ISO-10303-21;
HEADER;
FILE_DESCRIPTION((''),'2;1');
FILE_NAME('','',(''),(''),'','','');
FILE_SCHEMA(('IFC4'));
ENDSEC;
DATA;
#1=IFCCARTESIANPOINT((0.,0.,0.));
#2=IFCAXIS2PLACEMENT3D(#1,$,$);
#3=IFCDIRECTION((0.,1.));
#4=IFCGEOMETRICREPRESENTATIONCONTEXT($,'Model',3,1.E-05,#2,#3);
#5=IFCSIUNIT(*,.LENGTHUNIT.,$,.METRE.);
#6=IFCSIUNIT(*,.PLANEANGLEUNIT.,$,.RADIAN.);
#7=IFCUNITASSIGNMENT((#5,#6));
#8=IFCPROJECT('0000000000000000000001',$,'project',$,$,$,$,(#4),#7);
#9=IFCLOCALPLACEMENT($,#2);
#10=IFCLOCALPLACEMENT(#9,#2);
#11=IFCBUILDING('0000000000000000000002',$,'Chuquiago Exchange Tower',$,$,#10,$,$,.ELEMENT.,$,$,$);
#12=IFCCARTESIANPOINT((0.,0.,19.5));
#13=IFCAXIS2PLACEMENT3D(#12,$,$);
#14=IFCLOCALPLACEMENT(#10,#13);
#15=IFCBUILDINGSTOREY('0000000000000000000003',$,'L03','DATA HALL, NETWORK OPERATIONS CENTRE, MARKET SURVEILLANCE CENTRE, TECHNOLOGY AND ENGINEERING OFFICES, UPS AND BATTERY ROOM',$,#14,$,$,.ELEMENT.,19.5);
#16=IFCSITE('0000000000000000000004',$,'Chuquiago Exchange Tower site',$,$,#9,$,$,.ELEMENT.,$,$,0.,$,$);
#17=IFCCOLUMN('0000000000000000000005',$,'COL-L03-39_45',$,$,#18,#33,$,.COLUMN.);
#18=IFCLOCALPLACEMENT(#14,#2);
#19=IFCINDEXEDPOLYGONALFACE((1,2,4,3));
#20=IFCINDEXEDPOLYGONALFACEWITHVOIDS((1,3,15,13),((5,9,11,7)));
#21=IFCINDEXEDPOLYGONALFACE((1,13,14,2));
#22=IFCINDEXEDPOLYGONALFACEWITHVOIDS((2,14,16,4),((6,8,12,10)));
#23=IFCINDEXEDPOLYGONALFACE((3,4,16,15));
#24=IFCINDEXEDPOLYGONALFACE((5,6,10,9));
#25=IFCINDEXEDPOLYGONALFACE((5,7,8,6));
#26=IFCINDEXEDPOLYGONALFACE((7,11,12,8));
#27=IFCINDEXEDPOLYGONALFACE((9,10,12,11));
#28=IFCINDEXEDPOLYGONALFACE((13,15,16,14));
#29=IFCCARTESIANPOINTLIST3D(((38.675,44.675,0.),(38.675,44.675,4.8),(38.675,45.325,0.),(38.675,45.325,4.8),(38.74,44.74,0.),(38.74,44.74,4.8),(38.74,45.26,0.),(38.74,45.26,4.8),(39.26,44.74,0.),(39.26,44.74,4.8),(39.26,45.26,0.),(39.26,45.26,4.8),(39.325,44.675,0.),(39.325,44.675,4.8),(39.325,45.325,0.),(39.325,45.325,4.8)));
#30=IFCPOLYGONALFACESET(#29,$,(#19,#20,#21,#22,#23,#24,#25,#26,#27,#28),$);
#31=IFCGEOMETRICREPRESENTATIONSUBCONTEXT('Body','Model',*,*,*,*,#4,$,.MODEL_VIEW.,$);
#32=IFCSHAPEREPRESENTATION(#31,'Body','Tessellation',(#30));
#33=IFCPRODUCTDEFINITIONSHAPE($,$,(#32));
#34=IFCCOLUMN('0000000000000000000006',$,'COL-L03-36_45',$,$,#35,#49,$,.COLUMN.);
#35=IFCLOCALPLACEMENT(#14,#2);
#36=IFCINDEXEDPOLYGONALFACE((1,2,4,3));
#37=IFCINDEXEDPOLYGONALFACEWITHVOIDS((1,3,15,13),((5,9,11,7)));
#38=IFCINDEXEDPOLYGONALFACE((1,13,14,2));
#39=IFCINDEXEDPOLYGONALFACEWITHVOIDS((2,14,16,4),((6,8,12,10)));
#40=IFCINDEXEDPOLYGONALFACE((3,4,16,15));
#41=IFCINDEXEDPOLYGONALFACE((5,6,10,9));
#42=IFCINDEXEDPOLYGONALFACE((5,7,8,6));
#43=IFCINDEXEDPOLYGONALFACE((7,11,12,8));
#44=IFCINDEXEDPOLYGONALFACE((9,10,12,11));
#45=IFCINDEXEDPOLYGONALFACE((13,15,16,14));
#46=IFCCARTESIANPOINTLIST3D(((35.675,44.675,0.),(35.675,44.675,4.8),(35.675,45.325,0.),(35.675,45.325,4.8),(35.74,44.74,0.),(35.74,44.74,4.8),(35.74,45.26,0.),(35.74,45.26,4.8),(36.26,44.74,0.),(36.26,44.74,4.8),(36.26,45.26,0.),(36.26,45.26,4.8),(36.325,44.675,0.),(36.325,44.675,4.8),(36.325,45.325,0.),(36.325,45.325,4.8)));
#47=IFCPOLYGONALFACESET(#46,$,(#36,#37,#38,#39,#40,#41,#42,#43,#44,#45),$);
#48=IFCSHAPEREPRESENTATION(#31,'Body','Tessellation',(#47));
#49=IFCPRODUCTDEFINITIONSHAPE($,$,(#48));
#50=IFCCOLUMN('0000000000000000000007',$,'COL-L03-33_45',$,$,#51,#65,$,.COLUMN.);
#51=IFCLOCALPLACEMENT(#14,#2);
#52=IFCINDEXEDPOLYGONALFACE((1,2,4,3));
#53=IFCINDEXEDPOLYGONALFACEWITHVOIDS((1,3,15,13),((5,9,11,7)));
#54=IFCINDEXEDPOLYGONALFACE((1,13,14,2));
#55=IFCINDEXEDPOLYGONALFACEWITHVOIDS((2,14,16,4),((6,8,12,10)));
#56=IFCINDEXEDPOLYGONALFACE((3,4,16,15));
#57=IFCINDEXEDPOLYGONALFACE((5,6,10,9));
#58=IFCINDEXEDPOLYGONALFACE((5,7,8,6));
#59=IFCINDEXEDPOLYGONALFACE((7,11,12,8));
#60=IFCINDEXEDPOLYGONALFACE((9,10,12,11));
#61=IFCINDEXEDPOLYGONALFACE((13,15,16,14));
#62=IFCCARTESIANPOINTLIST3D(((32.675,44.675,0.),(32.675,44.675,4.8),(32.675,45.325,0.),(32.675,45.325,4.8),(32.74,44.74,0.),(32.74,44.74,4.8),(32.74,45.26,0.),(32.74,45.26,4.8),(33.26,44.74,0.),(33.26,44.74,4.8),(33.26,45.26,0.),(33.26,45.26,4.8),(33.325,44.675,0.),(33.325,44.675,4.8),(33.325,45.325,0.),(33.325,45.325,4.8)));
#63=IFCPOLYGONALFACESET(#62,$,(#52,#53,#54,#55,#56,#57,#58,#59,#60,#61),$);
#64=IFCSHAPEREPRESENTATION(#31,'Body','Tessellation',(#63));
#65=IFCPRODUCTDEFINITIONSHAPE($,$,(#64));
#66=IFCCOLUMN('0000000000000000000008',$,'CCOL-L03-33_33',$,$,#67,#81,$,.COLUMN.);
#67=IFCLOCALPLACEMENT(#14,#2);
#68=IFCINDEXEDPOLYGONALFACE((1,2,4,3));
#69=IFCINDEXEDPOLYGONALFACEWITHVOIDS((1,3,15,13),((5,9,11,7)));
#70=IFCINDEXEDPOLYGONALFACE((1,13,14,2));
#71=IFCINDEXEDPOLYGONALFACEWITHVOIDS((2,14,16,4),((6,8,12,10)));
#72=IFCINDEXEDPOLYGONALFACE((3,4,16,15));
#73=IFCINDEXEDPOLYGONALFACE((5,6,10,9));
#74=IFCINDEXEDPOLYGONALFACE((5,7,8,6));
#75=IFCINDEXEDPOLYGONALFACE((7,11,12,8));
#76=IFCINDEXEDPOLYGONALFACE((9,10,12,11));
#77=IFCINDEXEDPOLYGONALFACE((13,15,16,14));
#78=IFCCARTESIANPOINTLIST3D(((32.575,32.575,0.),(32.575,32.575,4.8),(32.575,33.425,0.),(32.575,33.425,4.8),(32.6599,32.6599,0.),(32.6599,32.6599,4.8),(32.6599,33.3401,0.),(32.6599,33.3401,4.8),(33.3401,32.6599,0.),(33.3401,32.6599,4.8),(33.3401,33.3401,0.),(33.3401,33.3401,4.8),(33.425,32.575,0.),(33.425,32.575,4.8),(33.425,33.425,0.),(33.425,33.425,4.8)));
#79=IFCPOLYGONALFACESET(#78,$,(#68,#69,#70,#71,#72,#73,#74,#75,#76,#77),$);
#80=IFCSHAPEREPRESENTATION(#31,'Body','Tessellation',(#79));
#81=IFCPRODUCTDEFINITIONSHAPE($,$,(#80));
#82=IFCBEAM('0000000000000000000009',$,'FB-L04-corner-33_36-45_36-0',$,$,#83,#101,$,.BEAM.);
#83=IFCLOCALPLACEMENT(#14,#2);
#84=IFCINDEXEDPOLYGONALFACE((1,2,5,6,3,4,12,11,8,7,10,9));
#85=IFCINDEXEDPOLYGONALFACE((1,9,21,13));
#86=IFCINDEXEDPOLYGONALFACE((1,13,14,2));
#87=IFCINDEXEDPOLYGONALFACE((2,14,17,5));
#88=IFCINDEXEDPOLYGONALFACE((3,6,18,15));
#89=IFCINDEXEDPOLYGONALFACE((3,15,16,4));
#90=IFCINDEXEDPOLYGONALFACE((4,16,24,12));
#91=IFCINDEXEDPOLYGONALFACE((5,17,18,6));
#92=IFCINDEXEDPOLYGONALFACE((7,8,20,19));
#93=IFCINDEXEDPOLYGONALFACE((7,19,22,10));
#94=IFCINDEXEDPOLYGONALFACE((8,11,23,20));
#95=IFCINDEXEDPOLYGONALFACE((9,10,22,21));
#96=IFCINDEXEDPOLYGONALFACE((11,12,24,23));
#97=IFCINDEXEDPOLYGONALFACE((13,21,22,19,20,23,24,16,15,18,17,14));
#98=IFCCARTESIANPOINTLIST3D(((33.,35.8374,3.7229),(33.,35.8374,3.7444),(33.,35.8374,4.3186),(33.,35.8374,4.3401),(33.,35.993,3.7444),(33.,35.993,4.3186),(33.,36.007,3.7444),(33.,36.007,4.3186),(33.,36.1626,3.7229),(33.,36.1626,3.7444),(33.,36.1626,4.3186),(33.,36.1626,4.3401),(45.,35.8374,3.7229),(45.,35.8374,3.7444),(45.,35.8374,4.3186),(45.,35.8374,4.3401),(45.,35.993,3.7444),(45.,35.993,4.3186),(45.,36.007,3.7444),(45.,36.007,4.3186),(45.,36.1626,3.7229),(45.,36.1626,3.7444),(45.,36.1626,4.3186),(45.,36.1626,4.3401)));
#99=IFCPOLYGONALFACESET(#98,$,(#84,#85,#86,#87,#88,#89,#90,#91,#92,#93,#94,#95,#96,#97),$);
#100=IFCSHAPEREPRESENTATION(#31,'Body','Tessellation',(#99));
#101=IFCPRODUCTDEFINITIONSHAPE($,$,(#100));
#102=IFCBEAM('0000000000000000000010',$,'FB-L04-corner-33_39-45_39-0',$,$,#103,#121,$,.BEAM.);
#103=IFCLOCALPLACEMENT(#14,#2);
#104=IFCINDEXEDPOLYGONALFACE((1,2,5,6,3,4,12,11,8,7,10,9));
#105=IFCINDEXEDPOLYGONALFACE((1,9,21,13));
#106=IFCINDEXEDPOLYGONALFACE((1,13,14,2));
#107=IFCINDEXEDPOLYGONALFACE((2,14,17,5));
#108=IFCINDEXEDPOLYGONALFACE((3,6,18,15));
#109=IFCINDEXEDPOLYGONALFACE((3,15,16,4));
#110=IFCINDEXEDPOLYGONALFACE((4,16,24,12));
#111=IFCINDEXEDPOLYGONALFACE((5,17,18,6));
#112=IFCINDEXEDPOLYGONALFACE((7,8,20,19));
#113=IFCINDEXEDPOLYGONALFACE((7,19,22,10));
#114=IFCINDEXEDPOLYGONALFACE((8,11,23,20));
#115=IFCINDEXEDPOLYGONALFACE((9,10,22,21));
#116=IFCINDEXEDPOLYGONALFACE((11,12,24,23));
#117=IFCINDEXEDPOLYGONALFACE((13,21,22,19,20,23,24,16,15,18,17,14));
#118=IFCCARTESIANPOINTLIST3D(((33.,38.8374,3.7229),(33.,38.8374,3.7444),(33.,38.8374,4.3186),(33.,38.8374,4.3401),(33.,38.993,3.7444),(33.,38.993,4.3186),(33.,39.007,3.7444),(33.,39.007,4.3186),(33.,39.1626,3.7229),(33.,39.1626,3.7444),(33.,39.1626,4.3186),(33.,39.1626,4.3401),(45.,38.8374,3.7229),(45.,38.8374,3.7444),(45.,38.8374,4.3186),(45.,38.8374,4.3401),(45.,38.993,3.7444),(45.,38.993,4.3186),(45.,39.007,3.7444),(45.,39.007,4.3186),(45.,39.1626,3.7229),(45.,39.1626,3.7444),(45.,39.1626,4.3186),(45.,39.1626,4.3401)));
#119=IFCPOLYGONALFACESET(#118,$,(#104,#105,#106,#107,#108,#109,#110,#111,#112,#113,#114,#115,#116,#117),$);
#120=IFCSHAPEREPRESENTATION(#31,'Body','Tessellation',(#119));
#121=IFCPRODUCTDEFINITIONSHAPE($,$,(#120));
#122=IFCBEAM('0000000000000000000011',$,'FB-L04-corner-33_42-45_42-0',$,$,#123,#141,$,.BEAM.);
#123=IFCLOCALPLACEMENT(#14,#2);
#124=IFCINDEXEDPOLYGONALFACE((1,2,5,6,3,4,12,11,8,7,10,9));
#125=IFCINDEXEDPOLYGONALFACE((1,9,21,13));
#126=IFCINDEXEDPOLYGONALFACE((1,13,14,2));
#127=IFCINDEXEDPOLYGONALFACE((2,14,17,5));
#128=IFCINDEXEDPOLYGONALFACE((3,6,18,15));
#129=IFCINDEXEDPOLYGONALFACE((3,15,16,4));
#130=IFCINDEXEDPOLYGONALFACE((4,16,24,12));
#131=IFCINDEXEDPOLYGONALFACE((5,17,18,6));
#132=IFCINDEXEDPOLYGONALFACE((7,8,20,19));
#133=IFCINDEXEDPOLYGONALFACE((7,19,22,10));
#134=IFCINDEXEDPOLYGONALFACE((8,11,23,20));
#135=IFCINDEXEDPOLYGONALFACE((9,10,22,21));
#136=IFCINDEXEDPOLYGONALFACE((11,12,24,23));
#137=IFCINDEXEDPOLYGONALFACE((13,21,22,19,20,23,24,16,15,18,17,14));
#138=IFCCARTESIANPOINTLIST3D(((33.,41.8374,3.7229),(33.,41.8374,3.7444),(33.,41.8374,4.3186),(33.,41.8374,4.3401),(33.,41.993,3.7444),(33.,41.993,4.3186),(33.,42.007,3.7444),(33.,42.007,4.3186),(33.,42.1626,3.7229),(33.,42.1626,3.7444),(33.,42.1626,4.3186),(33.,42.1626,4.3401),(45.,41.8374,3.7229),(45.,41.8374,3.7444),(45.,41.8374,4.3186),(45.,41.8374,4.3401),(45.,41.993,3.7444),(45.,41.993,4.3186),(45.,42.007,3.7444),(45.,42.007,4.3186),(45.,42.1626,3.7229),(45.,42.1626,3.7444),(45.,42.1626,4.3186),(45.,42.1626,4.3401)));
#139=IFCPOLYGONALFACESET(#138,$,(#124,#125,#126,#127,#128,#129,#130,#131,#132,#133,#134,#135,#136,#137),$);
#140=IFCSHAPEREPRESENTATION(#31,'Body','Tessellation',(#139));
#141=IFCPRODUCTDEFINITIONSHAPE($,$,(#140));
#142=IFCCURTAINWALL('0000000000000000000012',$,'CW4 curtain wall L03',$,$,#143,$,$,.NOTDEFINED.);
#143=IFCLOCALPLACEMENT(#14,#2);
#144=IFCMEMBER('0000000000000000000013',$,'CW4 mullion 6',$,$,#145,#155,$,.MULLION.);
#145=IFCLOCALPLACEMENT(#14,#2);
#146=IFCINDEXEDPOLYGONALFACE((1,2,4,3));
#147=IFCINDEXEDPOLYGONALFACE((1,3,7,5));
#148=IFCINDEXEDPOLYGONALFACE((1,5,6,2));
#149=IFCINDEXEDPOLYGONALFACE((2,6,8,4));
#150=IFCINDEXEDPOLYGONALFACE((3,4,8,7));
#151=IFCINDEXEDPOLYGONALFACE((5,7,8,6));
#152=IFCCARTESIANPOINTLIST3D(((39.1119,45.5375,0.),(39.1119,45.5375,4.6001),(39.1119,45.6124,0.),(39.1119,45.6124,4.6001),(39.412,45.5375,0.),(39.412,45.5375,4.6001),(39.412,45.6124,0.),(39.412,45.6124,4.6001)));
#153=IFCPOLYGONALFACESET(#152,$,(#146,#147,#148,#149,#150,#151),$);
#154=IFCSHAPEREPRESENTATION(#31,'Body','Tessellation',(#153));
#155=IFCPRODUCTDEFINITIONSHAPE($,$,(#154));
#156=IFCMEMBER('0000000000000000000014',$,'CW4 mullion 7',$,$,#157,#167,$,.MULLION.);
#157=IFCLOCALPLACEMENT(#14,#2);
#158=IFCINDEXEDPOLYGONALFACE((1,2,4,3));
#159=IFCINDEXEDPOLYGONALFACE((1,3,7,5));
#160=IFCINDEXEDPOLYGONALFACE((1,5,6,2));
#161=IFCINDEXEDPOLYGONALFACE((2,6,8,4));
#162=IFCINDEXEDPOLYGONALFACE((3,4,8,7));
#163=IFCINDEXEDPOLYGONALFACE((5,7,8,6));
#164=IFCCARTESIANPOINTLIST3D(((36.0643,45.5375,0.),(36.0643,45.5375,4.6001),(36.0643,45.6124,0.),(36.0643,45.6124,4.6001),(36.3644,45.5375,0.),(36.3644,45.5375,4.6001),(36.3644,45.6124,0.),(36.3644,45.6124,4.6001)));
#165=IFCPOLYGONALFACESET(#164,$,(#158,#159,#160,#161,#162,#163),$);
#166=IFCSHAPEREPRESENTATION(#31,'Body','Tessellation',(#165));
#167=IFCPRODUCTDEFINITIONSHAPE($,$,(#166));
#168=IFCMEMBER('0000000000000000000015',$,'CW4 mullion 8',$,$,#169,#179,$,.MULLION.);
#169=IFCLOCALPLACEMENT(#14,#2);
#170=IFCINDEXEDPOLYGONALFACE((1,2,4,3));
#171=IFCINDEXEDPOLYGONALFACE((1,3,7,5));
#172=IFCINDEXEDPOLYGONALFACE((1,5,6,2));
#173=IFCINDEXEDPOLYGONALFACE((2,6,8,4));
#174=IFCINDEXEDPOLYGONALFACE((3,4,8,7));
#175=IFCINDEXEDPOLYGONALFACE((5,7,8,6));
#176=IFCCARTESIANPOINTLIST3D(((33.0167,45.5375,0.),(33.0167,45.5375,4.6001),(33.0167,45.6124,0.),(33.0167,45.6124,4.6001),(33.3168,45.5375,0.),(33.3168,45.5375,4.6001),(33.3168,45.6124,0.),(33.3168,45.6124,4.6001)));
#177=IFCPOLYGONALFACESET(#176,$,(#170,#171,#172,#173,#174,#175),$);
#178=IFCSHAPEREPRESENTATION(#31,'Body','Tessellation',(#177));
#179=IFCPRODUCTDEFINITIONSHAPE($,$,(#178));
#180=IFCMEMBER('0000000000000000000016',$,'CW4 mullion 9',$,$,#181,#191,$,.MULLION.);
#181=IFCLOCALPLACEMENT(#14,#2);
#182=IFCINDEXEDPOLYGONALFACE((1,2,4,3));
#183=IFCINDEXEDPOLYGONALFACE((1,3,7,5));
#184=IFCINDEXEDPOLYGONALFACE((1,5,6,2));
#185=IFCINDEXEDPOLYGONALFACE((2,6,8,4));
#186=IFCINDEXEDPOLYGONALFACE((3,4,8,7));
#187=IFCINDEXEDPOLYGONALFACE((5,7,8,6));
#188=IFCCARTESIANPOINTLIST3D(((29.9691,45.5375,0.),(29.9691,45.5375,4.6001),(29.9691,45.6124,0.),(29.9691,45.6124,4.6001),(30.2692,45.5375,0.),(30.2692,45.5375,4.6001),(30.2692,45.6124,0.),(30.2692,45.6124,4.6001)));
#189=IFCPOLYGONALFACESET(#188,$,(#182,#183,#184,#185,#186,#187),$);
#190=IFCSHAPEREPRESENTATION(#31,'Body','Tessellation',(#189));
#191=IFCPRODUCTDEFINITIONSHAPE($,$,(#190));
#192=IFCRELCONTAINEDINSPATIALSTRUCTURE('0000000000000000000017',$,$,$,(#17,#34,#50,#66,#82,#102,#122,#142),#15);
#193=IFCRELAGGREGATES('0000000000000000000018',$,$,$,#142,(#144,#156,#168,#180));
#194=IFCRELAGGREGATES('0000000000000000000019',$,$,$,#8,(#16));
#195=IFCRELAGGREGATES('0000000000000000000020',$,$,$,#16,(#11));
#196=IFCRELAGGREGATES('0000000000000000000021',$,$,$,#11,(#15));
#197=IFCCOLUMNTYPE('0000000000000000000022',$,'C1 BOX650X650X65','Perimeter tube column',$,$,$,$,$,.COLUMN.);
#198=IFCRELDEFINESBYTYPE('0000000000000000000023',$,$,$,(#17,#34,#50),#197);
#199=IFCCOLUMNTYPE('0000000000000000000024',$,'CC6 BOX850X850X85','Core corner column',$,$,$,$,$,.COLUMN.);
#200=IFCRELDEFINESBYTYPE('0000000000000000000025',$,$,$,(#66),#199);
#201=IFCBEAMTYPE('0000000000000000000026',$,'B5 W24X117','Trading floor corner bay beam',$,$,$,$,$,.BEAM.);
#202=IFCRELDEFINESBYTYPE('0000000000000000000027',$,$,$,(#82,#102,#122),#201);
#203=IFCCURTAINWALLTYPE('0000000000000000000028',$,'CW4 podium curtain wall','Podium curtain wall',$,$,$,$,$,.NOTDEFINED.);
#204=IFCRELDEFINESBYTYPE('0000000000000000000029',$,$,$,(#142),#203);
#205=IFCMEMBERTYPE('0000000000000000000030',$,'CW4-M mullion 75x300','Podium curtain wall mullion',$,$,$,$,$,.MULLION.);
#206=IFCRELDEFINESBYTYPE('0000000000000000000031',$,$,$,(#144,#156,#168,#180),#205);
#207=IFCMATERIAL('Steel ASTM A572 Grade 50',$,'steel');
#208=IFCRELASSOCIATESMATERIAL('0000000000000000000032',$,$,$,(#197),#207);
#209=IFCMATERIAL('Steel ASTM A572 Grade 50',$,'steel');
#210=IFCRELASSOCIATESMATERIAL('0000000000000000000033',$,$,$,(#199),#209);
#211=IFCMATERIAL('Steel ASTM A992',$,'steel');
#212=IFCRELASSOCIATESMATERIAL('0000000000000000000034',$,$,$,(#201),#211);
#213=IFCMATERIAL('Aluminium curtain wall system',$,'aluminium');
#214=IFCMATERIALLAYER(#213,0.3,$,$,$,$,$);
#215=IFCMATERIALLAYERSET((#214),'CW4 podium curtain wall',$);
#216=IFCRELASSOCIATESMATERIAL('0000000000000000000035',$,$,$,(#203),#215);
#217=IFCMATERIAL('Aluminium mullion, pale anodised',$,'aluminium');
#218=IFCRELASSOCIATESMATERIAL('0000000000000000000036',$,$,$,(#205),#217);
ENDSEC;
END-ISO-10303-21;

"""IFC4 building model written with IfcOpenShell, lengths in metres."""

from ifc_helpers import new_model, si_unit, direction, frame, origin, origin_2d, place, context, subcontext, project, spatial, rectangle, hollow_rectangle, i_section, extrude, material, layer, layer_set, material_profile, profile_set, type_object, element, aggregate, save


model = new_model("IFC4")

# Units and contexts
model_context = context("Model", 3, precision=1e-05, world=origin(), true_north=direction((0.0, 1.0)))
body_context = subcontext(model_context, "Body", "Model", "MODEL_VIEW")
ifc_project = project(units=[si_unit("LENGTHUNIT", "METRE"), si_unit("PLANEANGLEUNIT", "RADIAN")], contexts=[model_context])

# Site, building, storey
site_placement = place(None, origin())
site = spatial("IfcSite", under=ifc_project, at=site_placement, Name="Chuquiago Exchange Tower site", CompositionType="ELEMENT", RefElevation=0.0)
building_placement = place(site_placement, origin())
building = spatial("IfcBuilding", under=site, at=building_placement, Name="Chuquiago Exchange Tower", CompositionType="ELEMENT")
storey_placement = place(building_placement, frame((0.0, 0.0, 19.5)))
storey = spatial("IfcBuildingStorey", under=building, at=storey_placement, Name="L03", Description="DATA HALL, NETWORK OPERATIONS CENTRE, MARKET SURVEILLANCE CENTRE, TECHNOLOGY AND ENGINEERING OFFICES, UPS AND BATTERY ROOM", CompositionType="ELEMENT", Elevation=19.5)

# Columns
ifc_material_1 = material(Name="Steel ASTM A572 Grade 50", Category="steel")
ifc_material_profile_1 = material_profile(ifc_material_1, hollow_rectangle(XDim=0.6499, YDim=0.6499, WallThickness=0.0649, at=origin_2d()), Name="BOX650X650X65")
ifc_profile_set_1 = profile_set([ifc_material_profile_1], Name="Steel ASTM A572 Grade 50")
column_type_1 = type_object("IfcColumnType", Name="C1 BOX650X650X65", Description="Perimeter tube column", PredefinedType="COLUMN", material=ifc_profile_set_1)
for number, where, z_axis, x_axis, name in (
    (1, (39.0, 45.0, 0.0), (0.0, 0.0, 1.0), (0.0, 1.0, 0.0), "COL-L03-39_45"),
    (2, (36.0, 45.0, 0.0), (0.0, 0.0, 1.0), (0.0, 1.0, 0.0), "COL-L03-36_45"),
    (3, (33.0, 45.0, 0.0), (0.0, 0.0, 1.0), (0.0, 1.0, 0.0), "COL-L03-33_45"),
):
    element("IfcColumn", number, at=place(storey_placement, frame(where, z_axis=z_axis, x_axis=x_axis)), inside=storey, type_object=column_type_1, Name=name, PredefinedType="COLUMN", context=body_context, shape_type="SweptSolid", body=[
        extrude(hollow_rectangle(XDim=0.6499, YDim=0.6499, WallThickness=0.0649, at=origin_2d()), origin(), (0.0, 0.0, 1.0), 4.8),
    ])
ifc_material_2 = material(Name="Steel ASTM A572 Grade 50", Category="steel")
ifc_material_profile_2 = material_profile(ifc_material_2, hollow_rectangle(XDim=0.8501, YDim=0.8501, WallThickness=0.085, at=origin_2d()), Name="BOX850X850X85")
ifc_profile_set_2 = profile_set([ifc_material_profile_2], Name="Steel ASTM A572 Grade 50")
column_type_2 = type_object("IfcColumnType", Name="CC6 BOX850X850X85", Description="Core corner column", PredefinedType="COLUMN", material=ifc_profile_set_2)
column_placement = place(storey_placement, frame((33.0, 33.0, 0.0), z_axis=(0.0, 0.0, 1.0), x_axis=(1.0, 0.0, 0.0)))
element("IfcColumn", 4, at=column_placement, inside=storey, type_object=column_type_2, Name="CCOL-L03-33_33", PredefinedType="COLUMN", context=body_context, shape_type="SweptSolid", body=[
    extrude(hollow_rectangle(XDim=0.8501, YDim=0.8501, WallThickness=0.085, at=origin_2d()), origin(), (0.0, 0.0, 1.0), 4.8),
])

# Beams
ifc_material_3 = material(Name="Steel ASTM A992", Category="steel")
ifc_material_profile_3 = material_profile(ifc_material_3, i_section(OverallWidth=0.3252, OverallDepth=0.6172, WebThickness=0.0139, FlangeThickness=0.0215, at=origin_2d()), Name="W24X117")
ifc_profile_set_3 = profile_set([ifc_material_profile_3], Name="Steel ASTM A992")
beam_type_1 = type_object("IfcBeamType", Name="B5 W24X117", Description="Trading floor corner bay beam", PredefinedType="BEAM", material=ifc_profile_set_3)
for number, where, z_axis, x_axis, name in (
    (5, (33.0, 36.0, 4.0315), (1.0, 0.0, 0.0), (0.0, 1.0, 0.0), "FB-L04-corner-33_36-45_36-0"),
    (6, (33.0, 39.0, 4.0315), (1.0, 0.0, 0.0), (0.0, 1.0, 0.0), "FB-L04-corner-33_39-45_39-0"),
    (7, (33.0, 42.0, 4.0315), (1.0, 0.0, 0.0), (0.0, 1.0, 0.0), "FB-L04-corner-33_42-45_42-0"),
):
    element("IfcBeam", number, at=place(storey_placement, frame(where, z_axis=z_axis, x_axis=x_axis)), inside=storey, type_object=beam_type_1, Name=name, PredefinedType="BEAM", context=body_context, shape_type="SweptSolid", body=[
        extrude(i_section(OverallWidth=0.3252, OverallDepth=0.6172, WebThickness=0.0139, FlangeThickness=0.0215, at=origin_2d()), origin(), (0.0, 0.0, 1.0), 12.0),
    ])

# Curtain wall, members
ifc_material_4 = material(Name="Aluminium curtain wall system", Category="aluminium")
ifc_layer_1 = layer(ifc_material_4, 0.3)
ifc_layer_set_1 = layer_set([ifc_layer_1], Name="CW4 podium curtain wall")
curtain_wall_type = type_object("IfcCurtainWallType", Name="CW4 podium curtain wall", Description="Podium curtain wall", PredefinedType="NOTDEFINED", material=ifc_layer_set_1)
curtain_wall_placement = place(storey_placement, origin())
curtain_wall = element("IfcCurtainWall", 8, at=curtain_wall_placement, inside=storey, type_object=curtain_wall_type, Name="CW4 curtain wall L03", PredefinedType="NOTDEFINED")
ifc_material_5 = material(Name="Aluminium mullion, pale anodised", Category="aluminium")
ifc_material_profile_4 = material_profile(ifc_material_5, rectangle(XDim=0.075, YDim=0.3, at=origin_2d()), Name="AL 75x300")
ifc_profile_set_4 = profile_set([ifc_material_profile_4], Name="Aluminium mullion, pale anodised")
member_type_1 = type_object("IfcMemberType", Name="CW4-M mullion 75x300", Description="Podium curtain wall mullion", PredefinedType="MULLION", material=ifc_profile_set_4)
member_1_placement = place(storey_placement, frame((39.262, 45.575, 0.0), z_axis=(0.0, 0.0, 1.0), x_axis=(0.0, -1.0, 0.0)))
member_1 = element("IfcMember", 9, at=member_1_placement, type_object=member_type_1, Name="CW4 mullion 6", PredefinedType="MULLION", context=body_context, shape_type="SweptSolid", body=[
    extrude(rectangle(XDim=0.075, YDim=0.3, at=origin_2d()), origin(), (0.0, 0.0, 1.0), 4.6001),
])
member_2_placement = place(storey_placement, frame((36.2144, 45.575, 0.0), z_axis=(0.0, 0.0, 1.0), x_axis=(0.0, -1.0, 0.0)))
member_2 = element("IfcMember", 10, at=member_2_placement, type_object=member_type_1, Name="CW4 mullion 7", PredefinedType="MULLION", context=body_context, shape_type="SweptSolid", body=[
    extrude(rectangle(XDim=0.075, YDim=0.3, at=origin_2d()), origin(), (0.0, 0.0, 1.0), 4.6001),
])
member_3_placement = place(storey_placement, frame((33.1667, 45.575, 0.0), z_axis=(0.0, 0.0, 1.0), x_axis=(0.0, -1.0, 0.0)))
member_3 = element("IfcMember", 11, at=member_3_placement, type_object=member_type_1, Name="CW4 mullion 8", PredefinedType="MULLION", context=body_context, shape_type="SweptSolid", body=[
    extrude(rectangle(XDim=0.075, YDim=0.3, at=origin_2d()), origin(), (0.0, 0.0, 1.0), 4.6001),
])
member_4_placement = place(storey_placement, frame((30.1191, 45.575, 0.0), z_axis=(0.0, 0.0, 1.0), x_axis=(0.0, -1.0, 0.0)))
member_4 = element("IfcMember", 12, at=member_4_placement, type_object=member_type_1, Name="CW4 mullion 9", PredefinedType="MULLION", context=body_context, shape_type="SweptSolid", body=[
    extrude(rectangle(XDim=0.075, YDim=0.3, at=origin_2d()), origin(), (0.0, 0.0, 1.0), 4.6001),
])

aggregate(curtain_wall, [member_1, member_2, member_3, member_4])

save(model, "model.ifc")
